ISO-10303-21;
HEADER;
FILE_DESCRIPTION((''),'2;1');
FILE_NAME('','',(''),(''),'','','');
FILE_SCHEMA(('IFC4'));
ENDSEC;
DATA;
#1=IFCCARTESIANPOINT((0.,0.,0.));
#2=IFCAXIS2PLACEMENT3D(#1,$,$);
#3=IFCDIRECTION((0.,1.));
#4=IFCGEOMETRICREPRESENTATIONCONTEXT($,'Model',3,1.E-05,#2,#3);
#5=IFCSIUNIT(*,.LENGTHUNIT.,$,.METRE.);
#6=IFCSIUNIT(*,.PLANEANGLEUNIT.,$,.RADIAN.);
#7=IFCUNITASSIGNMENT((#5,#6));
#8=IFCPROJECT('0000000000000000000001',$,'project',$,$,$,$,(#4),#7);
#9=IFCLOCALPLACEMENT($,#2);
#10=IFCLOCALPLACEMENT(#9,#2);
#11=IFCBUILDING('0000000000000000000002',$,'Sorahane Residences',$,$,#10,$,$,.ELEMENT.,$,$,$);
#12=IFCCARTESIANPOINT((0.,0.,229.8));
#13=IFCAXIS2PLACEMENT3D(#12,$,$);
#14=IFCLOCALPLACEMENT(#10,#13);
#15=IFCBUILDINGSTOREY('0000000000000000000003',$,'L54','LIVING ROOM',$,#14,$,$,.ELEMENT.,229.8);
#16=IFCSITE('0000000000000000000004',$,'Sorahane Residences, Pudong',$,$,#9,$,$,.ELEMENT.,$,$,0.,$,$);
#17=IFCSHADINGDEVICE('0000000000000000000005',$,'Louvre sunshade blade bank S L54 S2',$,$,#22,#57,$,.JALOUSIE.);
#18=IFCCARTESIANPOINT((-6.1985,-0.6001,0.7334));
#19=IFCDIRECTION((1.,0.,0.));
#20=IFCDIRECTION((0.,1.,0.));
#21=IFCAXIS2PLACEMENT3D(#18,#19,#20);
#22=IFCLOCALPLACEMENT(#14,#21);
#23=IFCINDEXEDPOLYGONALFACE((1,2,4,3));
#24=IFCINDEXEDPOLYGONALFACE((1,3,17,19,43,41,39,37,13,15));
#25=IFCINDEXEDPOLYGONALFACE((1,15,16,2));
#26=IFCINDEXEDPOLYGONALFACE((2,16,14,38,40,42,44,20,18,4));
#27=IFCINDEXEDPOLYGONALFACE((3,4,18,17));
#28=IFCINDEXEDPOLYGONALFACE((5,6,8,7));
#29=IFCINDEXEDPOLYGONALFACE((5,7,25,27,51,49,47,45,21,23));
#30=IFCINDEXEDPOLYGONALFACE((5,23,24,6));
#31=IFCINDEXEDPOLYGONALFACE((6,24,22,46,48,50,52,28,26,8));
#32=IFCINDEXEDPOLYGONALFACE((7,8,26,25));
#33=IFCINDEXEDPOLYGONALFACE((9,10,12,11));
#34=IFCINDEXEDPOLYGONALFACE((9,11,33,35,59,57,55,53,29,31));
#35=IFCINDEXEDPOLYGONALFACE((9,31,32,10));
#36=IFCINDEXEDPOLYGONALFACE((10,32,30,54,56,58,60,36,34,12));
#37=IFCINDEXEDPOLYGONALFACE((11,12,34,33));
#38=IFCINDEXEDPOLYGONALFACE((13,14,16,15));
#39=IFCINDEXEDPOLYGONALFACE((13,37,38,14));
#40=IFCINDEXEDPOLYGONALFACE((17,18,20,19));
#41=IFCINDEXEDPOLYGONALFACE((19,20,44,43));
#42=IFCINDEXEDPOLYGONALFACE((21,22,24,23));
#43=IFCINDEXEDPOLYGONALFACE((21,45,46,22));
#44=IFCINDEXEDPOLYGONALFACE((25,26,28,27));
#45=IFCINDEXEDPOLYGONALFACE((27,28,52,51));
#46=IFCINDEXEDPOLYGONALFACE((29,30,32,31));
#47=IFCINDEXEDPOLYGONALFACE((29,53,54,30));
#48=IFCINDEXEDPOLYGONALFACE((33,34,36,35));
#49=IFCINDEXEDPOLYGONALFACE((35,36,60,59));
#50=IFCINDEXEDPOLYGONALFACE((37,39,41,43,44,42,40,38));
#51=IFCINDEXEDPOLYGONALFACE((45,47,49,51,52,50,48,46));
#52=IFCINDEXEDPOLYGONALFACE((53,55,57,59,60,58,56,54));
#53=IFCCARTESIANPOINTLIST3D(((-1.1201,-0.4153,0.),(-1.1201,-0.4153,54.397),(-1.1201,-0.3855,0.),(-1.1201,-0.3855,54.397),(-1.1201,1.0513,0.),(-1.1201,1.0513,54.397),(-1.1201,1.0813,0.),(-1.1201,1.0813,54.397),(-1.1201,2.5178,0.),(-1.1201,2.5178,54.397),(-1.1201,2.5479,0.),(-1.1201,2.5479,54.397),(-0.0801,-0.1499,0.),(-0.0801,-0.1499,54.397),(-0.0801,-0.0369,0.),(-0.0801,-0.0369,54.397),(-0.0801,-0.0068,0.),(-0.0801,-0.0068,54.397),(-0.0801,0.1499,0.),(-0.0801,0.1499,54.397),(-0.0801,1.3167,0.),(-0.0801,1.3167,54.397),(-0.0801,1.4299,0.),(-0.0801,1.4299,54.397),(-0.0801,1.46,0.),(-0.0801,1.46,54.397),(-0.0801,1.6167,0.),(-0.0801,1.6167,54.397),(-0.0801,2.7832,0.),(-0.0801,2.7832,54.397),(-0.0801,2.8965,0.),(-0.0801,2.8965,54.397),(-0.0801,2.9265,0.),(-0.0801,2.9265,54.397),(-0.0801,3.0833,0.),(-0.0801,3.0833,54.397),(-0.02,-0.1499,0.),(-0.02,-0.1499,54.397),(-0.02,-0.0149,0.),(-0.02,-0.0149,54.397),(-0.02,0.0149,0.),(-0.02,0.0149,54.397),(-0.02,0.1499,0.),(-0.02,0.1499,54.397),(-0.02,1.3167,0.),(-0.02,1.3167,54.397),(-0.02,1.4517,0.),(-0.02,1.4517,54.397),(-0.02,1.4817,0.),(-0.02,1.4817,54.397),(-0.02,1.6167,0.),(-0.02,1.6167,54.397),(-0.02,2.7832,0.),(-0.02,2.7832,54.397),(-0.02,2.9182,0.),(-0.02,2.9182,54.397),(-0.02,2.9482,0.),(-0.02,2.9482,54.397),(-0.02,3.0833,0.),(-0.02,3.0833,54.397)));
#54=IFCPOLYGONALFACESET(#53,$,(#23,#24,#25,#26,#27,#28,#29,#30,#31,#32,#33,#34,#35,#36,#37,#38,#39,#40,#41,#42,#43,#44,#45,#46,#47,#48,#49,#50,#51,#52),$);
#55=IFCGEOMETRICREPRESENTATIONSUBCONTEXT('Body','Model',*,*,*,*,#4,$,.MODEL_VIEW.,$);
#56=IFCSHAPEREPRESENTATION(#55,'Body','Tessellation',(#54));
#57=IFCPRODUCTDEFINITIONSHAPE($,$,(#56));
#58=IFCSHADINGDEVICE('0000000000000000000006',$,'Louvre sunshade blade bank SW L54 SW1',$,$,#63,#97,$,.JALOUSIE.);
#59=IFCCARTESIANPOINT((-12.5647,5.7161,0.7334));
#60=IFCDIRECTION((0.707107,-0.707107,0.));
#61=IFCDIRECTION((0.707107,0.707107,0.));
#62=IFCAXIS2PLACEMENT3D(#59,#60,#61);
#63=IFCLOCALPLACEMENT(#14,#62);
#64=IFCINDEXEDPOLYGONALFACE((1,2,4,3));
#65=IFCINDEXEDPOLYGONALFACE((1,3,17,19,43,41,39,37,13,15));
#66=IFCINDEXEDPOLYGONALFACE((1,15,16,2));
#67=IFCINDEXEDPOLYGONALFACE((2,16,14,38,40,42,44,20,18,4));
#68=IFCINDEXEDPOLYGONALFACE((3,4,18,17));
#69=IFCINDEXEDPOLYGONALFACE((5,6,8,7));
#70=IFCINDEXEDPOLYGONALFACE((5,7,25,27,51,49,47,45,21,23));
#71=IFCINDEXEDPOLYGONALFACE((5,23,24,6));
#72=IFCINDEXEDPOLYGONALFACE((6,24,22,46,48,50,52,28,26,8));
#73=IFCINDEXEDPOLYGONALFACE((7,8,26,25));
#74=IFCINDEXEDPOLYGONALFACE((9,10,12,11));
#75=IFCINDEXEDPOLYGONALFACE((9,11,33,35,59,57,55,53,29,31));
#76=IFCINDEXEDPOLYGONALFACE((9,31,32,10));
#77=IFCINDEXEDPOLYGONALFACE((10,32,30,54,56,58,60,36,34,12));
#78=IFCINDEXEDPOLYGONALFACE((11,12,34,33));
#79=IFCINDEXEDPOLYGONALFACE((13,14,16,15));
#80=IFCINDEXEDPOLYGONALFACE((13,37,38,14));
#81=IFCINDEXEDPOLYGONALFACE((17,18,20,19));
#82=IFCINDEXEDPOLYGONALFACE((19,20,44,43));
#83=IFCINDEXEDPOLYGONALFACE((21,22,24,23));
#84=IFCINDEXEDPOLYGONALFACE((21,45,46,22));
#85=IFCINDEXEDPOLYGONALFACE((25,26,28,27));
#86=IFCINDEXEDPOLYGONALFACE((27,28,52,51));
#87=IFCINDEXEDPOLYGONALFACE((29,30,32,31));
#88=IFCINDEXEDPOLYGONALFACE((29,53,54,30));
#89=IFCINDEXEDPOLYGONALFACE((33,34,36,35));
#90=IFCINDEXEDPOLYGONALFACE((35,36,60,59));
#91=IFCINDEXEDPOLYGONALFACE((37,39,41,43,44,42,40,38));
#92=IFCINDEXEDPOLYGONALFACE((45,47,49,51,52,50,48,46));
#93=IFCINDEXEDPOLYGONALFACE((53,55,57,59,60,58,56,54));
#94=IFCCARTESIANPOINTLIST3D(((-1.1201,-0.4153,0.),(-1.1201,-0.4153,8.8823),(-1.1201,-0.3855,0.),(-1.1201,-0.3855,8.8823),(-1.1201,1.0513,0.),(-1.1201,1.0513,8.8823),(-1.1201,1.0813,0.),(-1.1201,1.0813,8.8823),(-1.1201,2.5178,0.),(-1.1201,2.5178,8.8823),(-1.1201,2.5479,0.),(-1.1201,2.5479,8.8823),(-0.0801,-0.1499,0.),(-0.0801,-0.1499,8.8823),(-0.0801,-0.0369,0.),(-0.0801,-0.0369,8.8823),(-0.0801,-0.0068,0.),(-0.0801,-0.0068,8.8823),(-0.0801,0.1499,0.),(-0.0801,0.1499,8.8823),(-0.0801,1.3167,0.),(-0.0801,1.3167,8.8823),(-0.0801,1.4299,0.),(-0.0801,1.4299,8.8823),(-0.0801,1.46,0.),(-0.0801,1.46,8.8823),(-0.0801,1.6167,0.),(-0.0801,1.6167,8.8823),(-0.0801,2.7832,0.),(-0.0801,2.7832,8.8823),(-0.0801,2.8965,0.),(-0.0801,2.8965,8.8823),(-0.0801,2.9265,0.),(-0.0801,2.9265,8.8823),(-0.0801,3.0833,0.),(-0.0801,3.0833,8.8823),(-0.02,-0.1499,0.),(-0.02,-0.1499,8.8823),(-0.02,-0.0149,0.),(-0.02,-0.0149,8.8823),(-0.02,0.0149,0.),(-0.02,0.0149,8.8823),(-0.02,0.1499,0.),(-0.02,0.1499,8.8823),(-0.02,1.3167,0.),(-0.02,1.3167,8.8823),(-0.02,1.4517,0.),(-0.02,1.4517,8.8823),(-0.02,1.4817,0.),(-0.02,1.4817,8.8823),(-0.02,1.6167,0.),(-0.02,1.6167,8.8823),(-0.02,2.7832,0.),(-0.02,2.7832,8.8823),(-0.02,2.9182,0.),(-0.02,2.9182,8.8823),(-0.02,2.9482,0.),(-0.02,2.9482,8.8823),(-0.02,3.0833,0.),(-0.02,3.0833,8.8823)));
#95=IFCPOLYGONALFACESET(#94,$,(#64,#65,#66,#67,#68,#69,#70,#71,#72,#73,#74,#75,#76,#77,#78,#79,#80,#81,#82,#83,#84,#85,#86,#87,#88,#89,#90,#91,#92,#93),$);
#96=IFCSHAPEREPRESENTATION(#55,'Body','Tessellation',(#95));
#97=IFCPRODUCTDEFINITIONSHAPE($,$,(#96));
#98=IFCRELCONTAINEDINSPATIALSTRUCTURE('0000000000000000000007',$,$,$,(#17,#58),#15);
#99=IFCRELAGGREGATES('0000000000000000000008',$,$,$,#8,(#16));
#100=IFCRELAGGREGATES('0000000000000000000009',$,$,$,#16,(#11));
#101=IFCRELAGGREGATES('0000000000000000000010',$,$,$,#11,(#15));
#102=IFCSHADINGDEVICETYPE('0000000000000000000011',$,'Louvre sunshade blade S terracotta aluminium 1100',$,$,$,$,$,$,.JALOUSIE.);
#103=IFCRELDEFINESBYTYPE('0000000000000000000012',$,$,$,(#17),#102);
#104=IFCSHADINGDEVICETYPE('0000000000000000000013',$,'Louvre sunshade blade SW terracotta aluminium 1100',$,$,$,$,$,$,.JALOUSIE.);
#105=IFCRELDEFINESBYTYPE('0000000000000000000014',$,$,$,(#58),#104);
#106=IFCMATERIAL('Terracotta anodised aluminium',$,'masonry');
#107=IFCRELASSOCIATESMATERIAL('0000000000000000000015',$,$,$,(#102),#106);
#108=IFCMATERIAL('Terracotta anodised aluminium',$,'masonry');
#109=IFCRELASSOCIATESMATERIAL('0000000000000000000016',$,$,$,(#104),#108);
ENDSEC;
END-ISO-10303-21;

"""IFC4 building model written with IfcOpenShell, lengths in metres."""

from ifc_helpers import new_model, si_unit, direction, frame, origin, place, context, subcontext, project, spatial, polyline, outline, composite_profile, extrude, material, type_object, element, save


model = new_model("IFC4")

# Units and contexts
model_context = context("Model", 3, precision=1e-05, world=origin(), true_north=direction((0.0, 1.0)))
body_context = subcontext(model_context, "Body", "Model", "MODEL_VIEW")
ifc_project = project(units=[si_unit("LENGTHUNIT", "METRE"), si_unit("PLANEANGLEUNIT", "RADIAN")], contexts=[model_context])

# Site, building, storey
site_placement = place(None, origin())
site = spatial("IfcSite", under=ifc_project, at=site_placement, Name="Sorahane Residences, Pudong", CompositionType="ELEMENT", RefElevation=0.0)
building_placement = place(site_placement, origin())
building = spatial("IfcBuilding", under=site, at=building_placement, Name="Sorahane Residences", CompositionType="ELEMENT")
storey_placement = place(building_placement, frame((0.0, 0.0, 229.8)))
storey = spatial("IfcBuildingStorey", under=building, at=storey_placement, Name="L54", Description="LIVING ROOM", CompositionType="ELEMENT", Elevation=229.8)

# Shading devices
ifc_material_1 = material(Name="Terracotta anodised aluminium", Category="masonry")
shading_device_type_1 = type_object("IfcShadingDeviceType", Name="Louvre sunshade blade S terracotta aluminium 1100", PredefinedType="JALOUSIE", material=ifc_material_1)
shading_device_1_placement = place(storey_placement, frame((-6.1985, -0.6001, 0.7334), z_axis=(1.0, 0.0, 0.0), x_axis=(0.0, 1.0, 0.0)))
element("IfcShadingDevice", 1, at=shading_device_1_placement, inside=storey, type_object=shading_device_type_1, Name="Louvre sunshade blade bank S L54 S2", PredefinedType="JALOUSIE", context=body_context, shape_type="SweptSolid", body=[
    extrude(composite_profile([outline(polyline([(-1.1201, -0.3855), (-1.1201, -0.4153), (-0.0801, -0.0369), (-0.0801, -0.1499), (-0.02, -0.1499), (-0.02, -0.0149), (-0.02, 0.0149), (-0.02, 0.1499), (-0.0801, 0.1499), (-0.0801, -0.0068), (-1.1201, -0.3855)])), outline(polyline([(-1.1201, 1.0813), (-1.1201, 1.0513), (-0.0801, 1.4299), (-0.0801, 1.3167), (-0.02, 1.3167), (-0.02, 1.4517), (-0.02, 1.4817), (-0.02, 1.6167), (-0.0801, 1.6167), (-0.0801, 1.46), (-1.1201, 1.0813)])), outline(polyline([(-1.1201, 2.5479), (-1.1201, 2.5178), (-0.0801, 2.8965), (-0.0801, 2.7832), (-0.02, 2.7832), (-0.02, 2.9182), (-0.02, 2.9482), (-0.02, 3.0833), (-0.0801, 3.0833), (-0.0801, 2.9265), (-1.1201, 2.5479)]))]), origin(), (0.0, 0.0, 1.0), 54.397),
])
ifc_material_2 = material(Name="Terracotta anodised aluminium", Category="masonry")
shading_device_type_2 = type_object("IfcShadingDeviceType", Name="Louvre sunshade blade SW terracotta aluminium 1100", PredefinedType="JALOUSIE", material=ifc_material_2)
shading_device_2_placement = place(storey_placement, frame((-12.5647, 5.7161, 0.7334), z_axis=(0.707107, -0.707107, 0.0), x_axis=(0.707107, 0.707107, 0.0)))
element("IfcShadingDevice", 2, at=shading_device_2_placement, inside=storey, type_object=shading_device_type_2, Name="Louvre sunshade blade bank SW L54 SW1", PredefinedType="JALOUSIE", context=body_context, shape_type="SweptSolid", body=[
    extrude(composite_profile([outline(polyline([(-1.1201, -0.3855), (-1.1201, -0.4153), (-0.0801, -0.0369), (-0.0801, -0.1499), (-0.02, -0.1499), (-0.02, -0.0149), (-0.02, 0.0149), (-0.02, 0.1499), (-0.0801, 0.1499), (-0.0801, -0.0068), (-1.1201, -0.3855)])), outline(polyline([(-1.1201, 1.0813), (-1.1201, 1.0513), (-0.0801, 1.4299), (-0.0801, 1.3167), (-0.02, 1.3167), (-0.02, 1.4517), (-0.02, 1.4817), (-0.02, 1.6167), (-0.0801, 1.6167), (-0.0801, 1.46), (-1.1201, 1.0813)])), outline(polyline([(-1.1201, 2.5479), (-1.1201, 2.5178), (-0.0801, 2.8965), (-0.0801, 2.7832), (-0.02, 2.7832), (-0.02, 2.9182), (-0.02, 2.9482), (-0.02, 3.0833), (-0.0801, 3.0833), (-0.0801, 2.9265), (-1.1201, 2.5479)]))]), origin(), (0.0, 0.0, 1.0), 8.8823),
])

save(model, "model.ifc")
